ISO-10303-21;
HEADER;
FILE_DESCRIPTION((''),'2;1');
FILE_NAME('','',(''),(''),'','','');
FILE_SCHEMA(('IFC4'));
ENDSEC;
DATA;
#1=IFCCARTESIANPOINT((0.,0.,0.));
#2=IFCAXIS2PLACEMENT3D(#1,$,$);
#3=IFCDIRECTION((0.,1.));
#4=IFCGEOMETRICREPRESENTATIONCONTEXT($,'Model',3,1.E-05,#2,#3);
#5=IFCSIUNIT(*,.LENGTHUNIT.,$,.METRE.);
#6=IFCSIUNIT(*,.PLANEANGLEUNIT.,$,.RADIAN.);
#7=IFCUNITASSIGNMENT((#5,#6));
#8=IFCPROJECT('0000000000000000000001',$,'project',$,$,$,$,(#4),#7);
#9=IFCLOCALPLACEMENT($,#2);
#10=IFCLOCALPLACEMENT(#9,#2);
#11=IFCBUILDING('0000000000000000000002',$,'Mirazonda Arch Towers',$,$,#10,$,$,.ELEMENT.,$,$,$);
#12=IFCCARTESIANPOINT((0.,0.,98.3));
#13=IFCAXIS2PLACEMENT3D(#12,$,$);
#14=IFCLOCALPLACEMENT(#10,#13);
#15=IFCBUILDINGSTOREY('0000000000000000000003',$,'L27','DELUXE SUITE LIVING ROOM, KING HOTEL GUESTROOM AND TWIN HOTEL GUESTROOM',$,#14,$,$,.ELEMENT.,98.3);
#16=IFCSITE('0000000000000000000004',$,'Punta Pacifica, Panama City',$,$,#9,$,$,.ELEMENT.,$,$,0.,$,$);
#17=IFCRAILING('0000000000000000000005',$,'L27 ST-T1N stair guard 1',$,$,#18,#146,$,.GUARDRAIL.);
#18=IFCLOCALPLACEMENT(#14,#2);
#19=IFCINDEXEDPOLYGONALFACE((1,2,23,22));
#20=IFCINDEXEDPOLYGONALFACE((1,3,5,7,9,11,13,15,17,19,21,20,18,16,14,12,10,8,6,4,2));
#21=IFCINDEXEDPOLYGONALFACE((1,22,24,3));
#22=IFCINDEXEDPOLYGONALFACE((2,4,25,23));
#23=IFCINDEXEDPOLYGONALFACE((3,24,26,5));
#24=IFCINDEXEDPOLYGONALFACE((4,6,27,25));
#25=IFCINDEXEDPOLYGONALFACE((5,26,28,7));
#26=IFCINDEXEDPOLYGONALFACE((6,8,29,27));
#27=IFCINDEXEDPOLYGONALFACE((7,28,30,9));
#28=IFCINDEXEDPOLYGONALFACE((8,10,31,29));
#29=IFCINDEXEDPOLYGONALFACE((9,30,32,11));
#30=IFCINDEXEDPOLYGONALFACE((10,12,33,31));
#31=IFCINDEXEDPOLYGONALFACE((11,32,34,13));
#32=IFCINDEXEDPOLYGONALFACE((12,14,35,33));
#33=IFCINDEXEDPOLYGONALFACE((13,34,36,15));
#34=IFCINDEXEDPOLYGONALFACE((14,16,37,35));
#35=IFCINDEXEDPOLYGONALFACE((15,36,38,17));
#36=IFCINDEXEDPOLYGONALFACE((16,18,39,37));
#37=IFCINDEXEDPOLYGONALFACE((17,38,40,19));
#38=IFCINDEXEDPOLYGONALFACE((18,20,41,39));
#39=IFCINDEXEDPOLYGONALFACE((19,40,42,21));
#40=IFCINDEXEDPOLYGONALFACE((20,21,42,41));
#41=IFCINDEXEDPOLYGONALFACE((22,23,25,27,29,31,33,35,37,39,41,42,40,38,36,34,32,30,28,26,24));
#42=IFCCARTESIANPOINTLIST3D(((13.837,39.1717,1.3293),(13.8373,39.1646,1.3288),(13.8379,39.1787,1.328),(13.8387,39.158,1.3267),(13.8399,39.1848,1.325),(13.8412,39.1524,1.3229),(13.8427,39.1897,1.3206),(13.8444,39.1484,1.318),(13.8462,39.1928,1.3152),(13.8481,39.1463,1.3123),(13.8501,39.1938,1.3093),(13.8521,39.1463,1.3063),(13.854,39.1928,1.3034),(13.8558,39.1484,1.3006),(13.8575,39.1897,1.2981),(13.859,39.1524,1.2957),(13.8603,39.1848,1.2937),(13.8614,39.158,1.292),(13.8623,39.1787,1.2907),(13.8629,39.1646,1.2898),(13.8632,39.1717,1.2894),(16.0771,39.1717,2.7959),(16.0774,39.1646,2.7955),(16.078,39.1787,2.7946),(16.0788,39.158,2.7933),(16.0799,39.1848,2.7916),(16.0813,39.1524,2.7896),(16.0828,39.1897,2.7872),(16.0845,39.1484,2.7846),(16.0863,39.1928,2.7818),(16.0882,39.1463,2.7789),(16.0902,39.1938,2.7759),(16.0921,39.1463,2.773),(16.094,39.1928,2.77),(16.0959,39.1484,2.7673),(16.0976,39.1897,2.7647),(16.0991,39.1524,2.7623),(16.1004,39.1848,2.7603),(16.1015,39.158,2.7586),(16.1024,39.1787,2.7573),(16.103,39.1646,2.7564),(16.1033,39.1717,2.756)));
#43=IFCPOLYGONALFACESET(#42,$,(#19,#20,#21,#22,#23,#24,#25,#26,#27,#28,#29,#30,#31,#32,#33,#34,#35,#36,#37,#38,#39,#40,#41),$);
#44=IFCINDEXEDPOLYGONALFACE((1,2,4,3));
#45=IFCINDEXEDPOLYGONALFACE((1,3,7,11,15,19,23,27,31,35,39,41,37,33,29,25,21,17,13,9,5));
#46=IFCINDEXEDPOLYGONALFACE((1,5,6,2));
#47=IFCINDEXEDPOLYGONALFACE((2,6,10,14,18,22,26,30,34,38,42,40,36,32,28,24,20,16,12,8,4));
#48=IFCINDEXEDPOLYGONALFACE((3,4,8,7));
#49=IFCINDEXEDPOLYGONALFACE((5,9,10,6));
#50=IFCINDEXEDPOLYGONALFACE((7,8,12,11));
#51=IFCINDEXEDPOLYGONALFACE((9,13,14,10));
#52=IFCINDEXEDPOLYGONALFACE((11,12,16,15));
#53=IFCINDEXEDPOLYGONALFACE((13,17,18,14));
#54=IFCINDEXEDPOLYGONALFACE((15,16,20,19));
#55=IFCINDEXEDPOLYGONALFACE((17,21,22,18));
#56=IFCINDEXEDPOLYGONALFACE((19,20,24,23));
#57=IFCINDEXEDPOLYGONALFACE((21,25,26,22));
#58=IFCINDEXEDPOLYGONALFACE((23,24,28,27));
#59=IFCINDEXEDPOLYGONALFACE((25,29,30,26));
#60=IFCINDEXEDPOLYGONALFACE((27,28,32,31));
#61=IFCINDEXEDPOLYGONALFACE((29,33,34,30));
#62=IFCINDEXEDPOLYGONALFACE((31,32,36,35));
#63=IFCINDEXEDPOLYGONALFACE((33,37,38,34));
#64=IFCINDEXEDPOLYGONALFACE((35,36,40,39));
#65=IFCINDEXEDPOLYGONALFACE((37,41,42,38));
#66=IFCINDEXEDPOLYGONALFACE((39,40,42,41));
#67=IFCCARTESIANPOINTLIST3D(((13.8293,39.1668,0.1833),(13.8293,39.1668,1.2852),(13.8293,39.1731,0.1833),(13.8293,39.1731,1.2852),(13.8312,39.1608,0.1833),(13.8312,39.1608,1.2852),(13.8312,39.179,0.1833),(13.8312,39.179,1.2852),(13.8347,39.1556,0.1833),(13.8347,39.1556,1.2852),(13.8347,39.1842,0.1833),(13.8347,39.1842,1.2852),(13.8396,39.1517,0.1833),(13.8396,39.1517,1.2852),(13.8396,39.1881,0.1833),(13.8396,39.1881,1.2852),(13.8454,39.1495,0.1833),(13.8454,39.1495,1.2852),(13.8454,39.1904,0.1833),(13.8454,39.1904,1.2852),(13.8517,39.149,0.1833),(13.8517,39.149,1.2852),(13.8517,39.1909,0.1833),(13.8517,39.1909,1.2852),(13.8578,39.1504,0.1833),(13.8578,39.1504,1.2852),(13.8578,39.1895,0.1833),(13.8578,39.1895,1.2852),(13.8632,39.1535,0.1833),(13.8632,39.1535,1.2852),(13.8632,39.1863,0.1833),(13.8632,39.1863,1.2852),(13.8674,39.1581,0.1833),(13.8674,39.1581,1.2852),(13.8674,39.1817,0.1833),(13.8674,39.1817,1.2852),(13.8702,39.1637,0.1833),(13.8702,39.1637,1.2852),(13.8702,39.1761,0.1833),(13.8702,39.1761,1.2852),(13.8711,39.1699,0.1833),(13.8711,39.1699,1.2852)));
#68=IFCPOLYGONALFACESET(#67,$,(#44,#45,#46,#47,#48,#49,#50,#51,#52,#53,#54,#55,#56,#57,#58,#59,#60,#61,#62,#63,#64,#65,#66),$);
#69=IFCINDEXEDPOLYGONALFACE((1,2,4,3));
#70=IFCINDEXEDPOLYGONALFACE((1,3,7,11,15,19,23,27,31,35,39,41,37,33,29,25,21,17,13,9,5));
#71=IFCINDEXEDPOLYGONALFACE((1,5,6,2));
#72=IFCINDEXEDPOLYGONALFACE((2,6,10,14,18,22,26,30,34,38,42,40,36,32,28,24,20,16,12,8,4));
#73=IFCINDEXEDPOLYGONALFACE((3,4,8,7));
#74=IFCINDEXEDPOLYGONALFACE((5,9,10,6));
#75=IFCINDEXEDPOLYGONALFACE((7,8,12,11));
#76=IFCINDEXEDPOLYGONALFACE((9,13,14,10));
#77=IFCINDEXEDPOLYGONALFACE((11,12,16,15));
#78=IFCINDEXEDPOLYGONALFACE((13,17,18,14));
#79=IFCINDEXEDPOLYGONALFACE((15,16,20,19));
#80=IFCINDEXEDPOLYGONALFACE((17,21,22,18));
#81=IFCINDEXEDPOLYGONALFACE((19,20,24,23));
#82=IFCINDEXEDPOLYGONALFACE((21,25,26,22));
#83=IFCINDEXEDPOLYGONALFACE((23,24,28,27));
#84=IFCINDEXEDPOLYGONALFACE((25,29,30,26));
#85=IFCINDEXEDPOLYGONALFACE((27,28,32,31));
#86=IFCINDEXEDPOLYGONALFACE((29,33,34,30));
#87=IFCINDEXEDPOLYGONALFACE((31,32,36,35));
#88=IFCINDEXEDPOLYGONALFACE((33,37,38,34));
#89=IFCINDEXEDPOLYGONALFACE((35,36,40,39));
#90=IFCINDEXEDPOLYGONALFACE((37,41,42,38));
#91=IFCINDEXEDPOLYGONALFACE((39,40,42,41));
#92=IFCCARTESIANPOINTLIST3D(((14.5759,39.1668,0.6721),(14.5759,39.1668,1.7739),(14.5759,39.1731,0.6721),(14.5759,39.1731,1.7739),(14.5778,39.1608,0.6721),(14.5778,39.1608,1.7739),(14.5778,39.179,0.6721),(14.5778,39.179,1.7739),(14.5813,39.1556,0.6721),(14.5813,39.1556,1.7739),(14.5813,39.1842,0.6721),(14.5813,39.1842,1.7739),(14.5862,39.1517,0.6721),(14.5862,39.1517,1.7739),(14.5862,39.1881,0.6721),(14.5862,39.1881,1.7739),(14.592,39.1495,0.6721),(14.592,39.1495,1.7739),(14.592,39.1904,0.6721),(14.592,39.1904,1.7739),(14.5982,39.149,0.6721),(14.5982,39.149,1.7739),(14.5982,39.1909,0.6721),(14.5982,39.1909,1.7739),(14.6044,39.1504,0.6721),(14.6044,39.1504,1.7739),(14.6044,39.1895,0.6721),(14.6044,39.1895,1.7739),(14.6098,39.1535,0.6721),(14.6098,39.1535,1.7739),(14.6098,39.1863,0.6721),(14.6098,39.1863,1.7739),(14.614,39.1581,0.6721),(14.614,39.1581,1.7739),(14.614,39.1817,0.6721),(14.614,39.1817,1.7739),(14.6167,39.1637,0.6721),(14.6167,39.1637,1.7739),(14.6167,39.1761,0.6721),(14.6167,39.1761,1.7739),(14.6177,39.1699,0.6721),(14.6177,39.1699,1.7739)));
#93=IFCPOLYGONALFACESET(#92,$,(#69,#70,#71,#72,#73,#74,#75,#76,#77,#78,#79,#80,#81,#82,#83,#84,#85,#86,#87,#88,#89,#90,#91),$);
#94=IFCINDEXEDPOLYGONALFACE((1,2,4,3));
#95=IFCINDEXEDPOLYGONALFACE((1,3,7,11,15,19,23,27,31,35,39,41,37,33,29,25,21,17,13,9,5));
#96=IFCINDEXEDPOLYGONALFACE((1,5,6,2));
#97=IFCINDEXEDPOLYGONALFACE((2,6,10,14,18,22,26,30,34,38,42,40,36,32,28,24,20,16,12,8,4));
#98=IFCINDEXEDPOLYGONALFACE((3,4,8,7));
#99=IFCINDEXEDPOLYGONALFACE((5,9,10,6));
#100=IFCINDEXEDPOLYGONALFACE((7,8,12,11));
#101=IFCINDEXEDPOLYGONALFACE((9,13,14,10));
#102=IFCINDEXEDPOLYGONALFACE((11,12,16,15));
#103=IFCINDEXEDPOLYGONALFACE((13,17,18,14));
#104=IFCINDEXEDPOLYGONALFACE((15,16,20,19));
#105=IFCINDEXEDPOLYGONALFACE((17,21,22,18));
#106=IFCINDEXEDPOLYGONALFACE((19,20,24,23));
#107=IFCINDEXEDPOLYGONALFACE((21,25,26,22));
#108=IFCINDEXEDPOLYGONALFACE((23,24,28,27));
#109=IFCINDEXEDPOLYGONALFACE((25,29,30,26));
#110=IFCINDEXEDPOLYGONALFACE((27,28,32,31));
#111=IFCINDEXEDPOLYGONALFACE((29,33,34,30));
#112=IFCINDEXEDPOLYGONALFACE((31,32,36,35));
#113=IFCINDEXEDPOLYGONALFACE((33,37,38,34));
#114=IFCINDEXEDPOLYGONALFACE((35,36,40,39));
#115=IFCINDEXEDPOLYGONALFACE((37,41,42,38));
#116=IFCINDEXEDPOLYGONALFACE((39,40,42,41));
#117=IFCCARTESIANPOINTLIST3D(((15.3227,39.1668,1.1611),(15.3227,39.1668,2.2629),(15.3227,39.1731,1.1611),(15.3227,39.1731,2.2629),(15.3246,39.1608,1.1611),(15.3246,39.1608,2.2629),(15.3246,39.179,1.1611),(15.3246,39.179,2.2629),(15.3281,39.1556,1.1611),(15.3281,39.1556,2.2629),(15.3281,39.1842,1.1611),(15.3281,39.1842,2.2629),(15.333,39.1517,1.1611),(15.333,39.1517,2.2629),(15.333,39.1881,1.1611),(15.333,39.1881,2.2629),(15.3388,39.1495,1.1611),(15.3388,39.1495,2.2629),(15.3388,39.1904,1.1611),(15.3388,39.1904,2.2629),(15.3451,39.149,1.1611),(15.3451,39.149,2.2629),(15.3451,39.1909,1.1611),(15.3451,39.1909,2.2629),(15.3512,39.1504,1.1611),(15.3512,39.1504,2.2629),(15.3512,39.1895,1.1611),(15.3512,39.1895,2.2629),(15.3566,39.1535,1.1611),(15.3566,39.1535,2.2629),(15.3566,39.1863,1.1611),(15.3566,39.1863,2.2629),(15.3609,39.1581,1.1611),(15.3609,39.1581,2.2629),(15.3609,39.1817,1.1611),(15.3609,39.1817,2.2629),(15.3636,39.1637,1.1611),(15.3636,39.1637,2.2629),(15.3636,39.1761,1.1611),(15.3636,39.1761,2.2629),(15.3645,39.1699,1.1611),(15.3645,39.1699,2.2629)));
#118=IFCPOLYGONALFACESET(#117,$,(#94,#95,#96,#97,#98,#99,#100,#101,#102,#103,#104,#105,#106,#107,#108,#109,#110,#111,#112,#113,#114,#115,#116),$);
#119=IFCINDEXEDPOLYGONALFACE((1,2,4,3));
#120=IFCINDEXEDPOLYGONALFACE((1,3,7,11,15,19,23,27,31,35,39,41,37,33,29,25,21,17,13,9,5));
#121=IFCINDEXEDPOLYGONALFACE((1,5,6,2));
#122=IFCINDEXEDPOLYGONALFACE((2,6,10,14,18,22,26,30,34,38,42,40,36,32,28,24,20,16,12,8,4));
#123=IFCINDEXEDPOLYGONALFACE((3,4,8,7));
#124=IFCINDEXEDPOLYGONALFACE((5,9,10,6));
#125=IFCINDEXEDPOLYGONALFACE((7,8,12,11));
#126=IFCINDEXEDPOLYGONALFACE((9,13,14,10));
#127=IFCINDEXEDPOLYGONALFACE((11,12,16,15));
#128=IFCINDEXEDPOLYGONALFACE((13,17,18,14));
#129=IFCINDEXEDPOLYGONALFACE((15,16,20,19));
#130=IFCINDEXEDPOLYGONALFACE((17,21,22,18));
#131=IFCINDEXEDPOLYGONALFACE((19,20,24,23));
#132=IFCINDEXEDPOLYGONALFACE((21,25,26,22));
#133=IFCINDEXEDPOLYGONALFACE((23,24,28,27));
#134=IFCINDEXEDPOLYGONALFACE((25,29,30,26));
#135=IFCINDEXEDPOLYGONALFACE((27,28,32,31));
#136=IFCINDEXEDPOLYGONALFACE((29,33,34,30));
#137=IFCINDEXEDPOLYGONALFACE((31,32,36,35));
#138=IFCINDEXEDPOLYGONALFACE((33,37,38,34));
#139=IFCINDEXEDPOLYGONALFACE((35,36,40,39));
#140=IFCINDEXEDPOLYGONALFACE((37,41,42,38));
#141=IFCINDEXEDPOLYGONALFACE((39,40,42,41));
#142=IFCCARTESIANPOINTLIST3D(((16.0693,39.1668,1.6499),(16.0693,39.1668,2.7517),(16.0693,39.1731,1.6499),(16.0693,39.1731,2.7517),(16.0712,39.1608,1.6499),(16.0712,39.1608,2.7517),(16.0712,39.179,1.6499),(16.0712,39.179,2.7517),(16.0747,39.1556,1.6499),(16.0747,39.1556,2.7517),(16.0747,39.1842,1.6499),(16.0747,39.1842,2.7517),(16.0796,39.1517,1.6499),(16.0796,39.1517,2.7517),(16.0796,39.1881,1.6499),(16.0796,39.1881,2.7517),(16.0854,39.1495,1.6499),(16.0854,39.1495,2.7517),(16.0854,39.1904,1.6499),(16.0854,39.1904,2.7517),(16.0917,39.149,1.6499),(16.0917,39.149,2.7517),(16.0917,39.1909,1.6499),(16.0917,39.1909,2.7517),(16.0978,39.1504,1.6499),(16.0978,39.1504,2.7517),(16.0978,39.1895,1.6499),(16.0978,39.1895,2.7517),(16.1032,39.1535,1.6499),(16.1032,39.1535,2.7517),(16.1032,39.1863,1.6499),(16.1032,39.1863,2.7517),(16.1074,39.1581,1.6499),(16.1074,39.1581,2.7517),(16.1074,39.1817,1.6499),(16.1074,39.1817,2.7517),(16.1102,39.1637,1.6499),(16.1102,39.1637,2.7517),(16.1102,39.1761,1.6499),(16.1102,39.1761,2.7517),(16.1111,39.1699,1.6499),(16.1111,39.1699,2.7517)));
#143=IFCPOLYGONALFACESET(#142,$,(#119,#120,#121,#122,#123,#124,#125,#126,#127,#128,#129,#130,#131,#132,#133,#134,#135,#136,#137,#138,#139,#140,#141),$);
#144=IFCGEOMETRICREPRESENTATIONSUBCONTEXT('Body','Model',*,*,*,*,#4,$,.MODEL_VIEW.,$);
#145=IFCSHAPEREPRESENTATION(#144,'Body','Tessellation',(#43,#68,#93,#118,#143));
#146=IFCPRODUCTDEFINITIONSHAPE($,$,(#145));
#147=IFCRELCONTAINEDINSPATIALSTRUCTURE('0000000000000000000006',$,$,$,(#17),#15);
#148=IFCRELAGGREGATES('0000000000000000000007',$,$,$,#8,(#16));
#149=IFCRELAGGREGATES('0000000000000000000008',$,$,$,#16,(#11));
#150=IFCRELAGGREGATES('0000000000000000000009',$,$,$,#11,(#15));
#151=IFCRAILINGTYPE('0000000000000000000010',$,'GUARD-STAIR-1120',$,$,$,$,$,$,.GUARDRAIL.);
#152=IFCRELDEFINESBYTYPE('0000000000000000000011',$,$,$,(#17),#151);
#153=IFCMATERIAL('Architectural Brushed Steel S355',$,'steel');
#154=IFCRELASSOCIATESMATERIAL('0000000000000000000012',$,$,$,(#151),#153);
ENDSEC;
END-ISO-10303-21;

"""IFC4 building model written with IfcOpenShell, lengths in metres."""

from ifc_helpers import new_model, si_unit, direction, frame, origin, origin_2d, place, context, subcontext, project, spatial, circle, extrude, material, type_object, element, save


model = new_model("IFC4")

# Units and contexts
model_context = context("Model", 3, precision=1e-05, world=origin(), true_north=direction((0.0, 1.0)))
body_context = subcontext(model_context, "Body", "Model", "MODEL_VIEW")
ifc_project = project(units=[si_unit("LENGTHUNIT", "METRE"), si_unit("PLANEANGLEUNIT", "RADIAN")], contexts=[model_context])

# Site, building, storey
site_placement = place(None, origin())
site = spatial("IfcSite", under=ifc_project, at=site_placement, Name="Punta Pacifica, Panama City", CompositionType="ELEMENT", RefElevation=0.0)
building_placement = place(site_placement, origin())
building = spatial("IfcBuilding", under=site, at=building_placement, Name="Mirazonda Arch Towers", CompositionType="ELEMENT")
storey_placement = place(building_placement, frame((0.0, 0.0, 98.3)))
storey = spatial("IfcBuildingStorey", under=building, at=storey_placement, Name="L27", Description="DELUXE SUITE LIVING ROOM, KING HOTEL GUESTROOM AND TWIN HOTEL GUESTROOM", CompositionType="ELEMENT", Elevation=98.3)

# Shared definitions
ifc_material_1 = material(Name="Architectural Brushed Steel S355", Category="steel")

# Railing
railing_type_1 = type_object("IfcRailingType", Name="GUARD-STAIR-1120", PredefinedType="GUARDRAIL", material=ifc_material_1)
railing_1_placement = place(storey_placement, frame((13.8501, 39.1699, 0.1833)))
element("IfcRailing", 1, at=railing_1_placement, inside=storey, type_object=railing_type_1, Name="L27 ST-T1N stair guard 1", PredefinedType="GUARDRAIL", context=body_context, shape_type="SweptSolid", body=[
    extrude(circle(Radius=0.0239, at=origin_2d()), frame((0.0, 0.0, 1.126), z_axis=(0.836637, 0.0, 0.547758), x_axis=(0.0, 1.0, 0.0)), (0.0, 0.0, 1.0), 2.6775),
    extrude(circle(Radius=0.021, at=origin_2d()), origin(), (0.0, 0.0, 1.0), 1.1018),
    extrude(circle(Radius=0.021, at=origin_2d()), frame((0.7466, 0.0, 0.4888)), (0.0, 0.0, 1.0), 1.1018),
    extrude(circle(Radius=0.021, at=origin_2d()), frame((1.4934, 0.0, 0.9778)), (0.0, 0.0, 1.0), 1.1018),
    extrude(circle(Radius=0.021, at=origin_2d()), frame((2.24, 0.0, 1.4666)), (0.0, 0.0, 1.0), 1.1018),
])

save(model, "model.ifc")
